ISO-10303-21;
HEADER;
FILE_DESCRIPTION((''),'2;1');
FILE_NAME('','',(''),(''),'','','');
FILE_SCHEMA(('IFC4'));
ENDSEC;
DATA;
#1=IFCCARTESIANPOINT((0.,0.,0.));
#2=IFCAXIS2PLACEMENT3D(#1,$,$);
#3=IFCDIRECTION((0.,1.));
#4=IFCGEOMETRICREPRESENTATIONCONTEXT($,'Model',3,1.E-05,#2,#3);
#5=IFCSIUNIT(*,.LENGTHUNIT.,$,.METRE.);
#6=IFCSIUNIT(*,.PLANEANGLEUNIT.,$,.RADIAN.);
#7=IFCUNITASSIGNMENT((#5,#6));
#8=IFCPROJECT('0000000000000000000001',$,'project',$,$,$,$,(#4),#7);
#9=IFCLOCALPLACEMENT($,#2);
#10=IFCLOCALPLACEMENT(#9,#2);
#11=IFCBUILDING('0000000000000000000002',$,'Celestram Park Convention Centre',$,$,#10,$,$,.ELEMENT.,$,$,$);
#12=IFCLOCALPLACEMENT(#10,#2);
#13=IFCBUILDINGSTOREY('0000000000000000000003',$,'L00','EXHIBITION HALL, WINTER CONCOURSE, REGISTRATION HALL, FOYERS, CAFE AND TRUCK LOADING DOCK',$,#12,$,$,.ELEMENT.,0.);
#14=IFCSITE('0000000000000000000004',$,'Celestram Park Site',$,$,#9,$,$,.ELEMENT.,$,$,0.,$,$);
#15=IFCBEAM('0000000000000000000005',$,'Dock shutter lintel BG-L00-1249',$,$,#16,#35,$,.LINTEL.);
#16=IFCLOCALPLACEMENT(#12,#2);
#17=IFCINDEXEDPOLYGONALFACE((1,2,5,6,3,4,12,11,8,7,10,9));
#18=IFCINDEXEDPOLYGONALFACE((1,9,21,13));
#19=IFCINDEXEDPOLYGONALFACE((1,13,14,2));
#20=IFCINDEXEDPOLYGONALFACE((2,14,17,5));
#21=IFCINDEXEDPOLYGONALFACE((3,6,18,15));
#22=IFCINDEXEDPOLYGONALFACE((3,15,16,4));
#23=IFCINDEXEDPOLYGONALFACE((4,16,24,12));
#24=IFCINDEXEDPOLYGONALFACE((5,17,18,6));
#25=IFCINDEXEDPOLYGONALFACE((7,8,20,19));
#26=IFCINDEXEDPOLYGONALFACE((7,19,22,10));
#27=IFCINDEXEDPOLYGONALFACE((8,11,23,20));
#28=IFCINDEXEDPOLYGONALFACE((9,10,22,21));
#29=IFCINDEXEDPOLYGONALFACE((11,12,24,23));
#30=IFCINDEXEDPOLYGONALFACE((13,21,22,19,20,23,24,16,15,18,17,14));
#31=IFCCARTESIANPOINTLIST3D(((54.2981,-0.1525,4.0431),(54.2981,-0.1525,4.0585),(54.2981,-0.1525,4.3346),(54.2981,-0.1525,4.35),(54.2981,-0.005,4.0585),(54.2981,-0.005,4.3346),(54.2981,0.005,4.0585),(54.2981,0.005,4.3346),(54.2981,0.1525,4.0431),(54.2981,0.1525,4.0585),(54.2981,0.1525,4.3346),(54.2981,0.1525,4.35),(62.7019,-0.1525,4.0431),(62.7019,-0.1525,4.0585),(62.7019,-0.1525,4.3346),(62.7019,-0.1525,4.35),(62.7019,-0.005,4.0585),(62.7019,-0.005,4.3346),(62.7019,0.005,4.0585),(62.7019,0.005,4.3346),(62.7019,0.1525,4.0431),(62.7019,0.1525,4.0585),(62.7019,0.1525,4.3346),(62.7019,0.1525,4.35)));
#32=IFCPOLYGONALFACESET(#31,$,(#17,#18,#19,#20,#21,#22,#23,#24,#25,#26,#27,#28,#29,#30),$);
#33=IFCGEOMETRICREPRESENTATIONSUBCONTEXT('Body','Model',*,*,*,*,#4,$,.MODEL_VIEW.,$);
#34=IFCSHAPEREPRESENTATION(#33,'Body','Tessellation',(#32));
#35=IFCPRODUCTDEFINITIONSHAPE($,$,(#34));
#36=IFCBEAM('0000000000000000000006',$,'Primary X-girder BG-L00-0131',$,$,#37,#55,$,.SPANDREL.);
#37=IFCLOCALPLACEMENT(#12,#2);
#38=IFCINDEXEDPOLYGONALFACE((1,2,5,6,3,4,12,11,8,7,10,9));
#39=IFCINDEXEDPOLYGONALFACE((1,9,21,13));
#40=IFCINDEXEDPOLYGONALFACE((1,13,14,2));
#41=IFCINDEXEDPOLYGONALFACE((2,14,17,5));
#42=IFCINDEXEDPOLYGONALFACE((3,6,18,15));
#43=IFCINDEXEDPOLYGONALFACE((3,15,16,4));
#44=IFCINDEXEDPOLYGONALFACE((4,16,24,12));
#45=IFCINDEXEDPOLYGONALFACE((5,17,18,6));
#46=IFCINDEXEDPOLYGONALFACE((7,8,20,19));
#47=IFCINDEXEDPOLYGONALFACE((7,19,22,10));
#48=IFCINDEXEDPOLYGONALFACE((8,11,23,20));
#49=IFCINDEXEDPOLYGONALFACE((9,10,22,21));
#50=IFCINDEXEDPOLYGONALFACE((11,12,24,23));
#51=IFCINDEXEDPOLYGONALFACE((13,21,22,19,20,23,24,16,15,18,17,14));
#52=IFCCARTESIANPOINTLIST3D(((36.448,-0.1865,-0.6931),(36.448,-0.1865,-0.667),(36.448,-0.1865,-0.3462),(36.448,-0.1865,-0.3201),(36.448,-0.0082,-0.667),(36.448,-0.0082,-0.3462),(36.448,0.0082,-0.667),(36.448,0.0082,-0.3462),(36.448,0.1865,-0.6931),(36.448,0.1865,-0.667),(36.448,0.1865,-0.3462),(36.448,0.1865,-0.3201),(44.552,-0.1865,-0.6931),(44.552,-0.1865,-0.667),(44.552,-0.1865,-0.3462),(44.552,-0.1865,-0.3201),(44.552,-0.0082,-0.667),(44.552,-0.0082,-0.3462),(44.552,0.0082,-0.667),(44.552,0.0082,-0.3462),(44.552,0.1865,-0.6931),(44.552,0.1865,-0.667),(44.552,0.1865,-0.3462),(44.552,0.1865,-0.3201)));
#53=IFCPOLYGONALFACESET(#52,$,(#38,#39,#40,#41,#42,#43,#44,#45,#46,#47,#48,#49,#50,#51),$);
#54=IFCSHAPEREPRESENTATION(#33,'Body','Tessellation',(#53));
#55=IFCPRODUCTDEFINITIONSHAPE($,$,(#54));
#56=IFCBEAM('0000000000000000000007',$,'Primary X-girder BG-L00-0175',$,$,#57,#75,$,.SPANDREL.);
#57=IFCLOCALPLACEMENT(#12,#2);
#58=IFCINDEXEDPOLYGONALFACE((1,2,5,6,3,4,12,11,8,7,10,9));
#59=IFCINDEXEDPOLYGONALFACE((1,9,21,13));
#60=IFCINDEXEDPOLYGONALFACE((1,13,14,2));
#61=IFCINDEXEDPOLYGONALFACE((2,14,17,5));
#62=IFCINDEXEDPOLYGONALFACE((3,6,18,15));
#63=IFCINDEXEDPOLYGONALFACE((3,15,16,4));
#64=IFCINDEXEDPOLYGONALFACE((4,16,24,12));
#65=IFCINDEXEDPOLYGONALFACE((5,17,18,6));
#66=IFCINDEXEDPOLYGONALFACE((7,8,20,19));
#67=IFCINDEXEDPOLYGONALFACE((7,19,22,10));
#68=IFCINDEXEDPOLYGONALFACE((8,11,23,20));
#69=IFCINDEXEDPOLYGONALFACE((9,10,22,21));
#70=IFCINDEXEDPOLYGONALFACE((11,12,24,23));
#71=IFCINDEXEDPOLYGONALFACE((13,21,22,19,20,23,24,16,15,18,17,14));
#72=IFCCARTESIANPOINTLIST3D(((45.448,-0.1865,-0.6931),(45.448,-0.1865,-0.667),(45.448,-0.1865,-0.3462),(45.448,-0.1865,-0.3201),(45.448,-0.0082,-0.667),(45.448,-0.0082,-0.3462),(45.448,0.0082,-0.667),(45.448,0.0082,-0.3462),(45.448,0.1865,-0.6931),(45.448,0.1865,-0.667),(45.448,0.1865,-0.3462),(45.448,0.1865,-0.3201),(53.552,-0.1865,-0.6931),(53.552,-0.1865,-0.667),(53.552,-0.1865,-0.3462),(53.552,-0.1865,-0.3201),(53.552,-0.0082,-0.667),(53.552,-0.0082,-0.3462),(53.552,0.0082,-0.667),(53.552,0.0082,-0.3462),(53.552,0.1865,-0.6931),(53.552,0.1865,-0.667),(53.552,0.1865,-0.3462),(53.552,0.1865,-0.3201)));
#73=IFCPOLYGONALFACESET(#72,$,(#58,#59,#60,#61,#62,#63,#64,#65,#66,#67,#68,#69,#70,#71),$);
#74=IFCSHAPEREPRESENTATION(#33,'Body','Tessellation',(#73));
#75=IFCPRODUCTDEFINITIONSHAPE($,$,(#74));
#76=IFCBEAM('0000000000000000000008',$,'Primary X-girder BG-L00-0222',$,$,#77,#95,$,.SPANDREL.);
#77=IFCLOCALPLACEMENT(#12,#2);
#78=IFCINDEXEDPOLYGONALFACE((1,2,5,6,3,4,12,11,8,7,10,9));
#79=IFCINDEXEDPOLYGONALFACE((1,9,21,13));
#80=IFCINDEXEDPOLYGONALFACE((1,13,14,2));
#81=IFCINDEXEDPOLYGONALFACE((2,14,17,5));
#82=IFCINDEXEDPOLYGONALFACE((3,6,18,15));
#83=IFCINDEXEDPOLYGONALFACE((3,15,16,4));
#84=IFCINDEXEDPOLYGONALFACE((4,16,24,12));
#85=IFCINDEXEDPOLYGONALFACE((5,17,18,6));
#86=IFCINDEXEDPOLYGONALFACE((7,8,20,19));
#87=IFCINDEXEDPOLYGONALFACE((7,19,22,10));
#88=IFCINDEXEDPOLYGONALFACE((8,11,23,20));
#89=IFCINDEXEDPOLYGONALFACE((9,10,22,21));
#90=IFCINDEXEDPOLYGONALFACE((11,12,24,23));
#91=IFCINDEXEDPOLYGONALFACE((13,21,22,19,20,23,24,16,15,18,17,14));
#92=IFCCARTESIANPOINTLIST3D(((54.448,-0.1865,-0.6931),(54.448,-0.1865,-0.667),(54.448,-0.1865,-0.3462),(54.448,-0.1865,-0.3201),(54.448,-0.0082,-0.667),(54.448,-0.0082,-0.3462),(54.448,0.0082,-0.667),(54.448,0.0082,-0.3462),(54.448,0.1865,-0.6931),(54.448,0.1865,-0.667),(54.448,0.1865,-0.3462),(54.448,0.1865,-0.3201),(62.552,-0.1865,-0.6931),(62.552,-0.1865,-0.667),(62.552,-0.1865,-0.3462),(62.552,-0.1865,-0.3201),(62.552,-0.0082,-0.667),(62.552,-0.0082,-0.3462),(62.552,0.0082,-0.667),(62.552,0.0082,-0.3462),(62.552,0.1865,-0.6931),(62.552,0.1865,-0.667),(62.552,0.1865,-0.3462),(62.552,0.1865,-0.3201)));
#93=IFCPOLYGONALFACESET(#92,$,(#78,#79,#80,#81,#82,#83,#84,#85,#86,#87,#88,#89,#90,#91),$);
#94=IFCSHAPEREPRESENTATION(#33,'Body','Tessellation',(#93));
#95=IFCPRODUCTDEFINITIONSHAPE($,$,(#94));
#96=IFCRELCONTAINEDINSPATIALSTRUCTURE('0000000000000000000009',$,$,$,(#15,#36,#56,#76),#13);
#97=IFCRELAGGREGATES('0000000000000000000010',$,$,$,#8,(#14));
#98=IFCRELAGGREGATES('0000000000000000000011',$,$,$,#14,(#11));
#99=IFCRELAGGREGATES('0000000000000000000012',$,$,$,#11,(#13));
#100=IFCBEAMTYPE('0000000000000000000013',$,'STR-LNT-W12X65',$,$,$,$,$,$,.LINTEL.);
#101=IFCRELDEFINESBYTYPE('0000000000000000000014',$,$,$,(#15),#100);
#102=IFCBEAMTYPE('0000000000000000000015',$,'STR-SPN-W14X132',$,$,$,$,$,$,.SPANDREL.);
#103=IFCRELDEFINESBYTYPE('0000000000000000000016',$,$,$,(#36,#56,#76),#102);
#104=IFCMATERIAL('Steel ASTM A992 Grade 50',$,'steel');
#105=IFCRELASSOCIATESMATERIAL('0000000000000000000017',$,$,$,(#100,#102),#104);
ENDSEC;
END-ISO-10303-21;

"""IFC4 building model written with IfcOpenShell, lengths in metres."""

from ifc_helpers import new_model, si_unit, direction, frame, origin, origin_2d, place, context, subcontext, project, spatial, i_section, extrude, material, material_profile, profile_set, type_object, element, save


model = new_model("IFC4")

# Units and contexts
model_context = context("Model", 3, precision=1e-05, world=origin(), true_north=direction((0.0, 1.0)))
body_context = subcontext(model_context, "Body", "Model", "MODEL_VIEW")
ifc_project = project(units=[si_unit("LENGTHUNIT", "METRE"), si_unit("PLANEANGLEUNIT", "RADIAN")], contexts=[model_context])

# Site, building, storey
site_placement = place(None, origin())
site = spatial("IfcSite", under=ifc_project, at=site_placement, Name="Celestram Park Site", CompositionType="ELEMENT", RefElevation=0.0)
building_placement = place(site_placement, origin())
building = spatial("IfcBuilding", under=site, at=building_placement, Name="Celestram Park Convention Centre", CompositionType="ELEMENT")
storey_placement = place(building_placement, origin())
storey = spatial("IfcBuildingStorey", under=building, at=storey_placement, Name="L00", Description="EXHIBITION HALL, WINTER CONCOURSE, REGISTRATION HALL, FOYERS, CAFE AND TRUCK LOADING DOCK", CompositionType="ELEMENT", Elevation=0.0)

# Beams
ifc_material_1 = material(Name="Steel ASTM A992 Grade 50", Category="steel")
ifc_material_profile_1 = material_profile(ifc_material_1, i_section(OverallWidth=0.3049, OverallDepth=0.3069, WebThickness=0.01, FlangeThickness=0.0154, at=origin_2d()), Name="W12X65")
ifc_profile_set_1 = profile_set([ifc_material_profile_1], Name="Steel ASTM A992 Grade 50")
beam_type_1 = type_object("IfcBeamType", Name="STR-LNT-W12X65", PredefinedType="LINTEL", material=ifc_profile_set_1)
for number, where, z_axis, x_axis, name in (
    (1, (54.2981, 0.0, 4.1965), (1.0, 0.0, 0.0), (0.0, 1.0, 0.0), "Dock shutter lintel BG-L00-1249"),
):
    element("IfcBeam", number, at=place(storey_placement, frame(where, z_axis=z_axis, x_axis=x_axis)), inside=storey, type_object=beam_type_1, Name=name, PredefinedType="LINTEL", context=body_context, shape_type="SweptSolid", body=[
        extrude(i_section(OverallWidth=0.3049, OverallDepth=0.3069, WebThickness=0.01, FlangeThickness=0.0154, at=origin_2d()), origin(), (0.0, 0.0, 1.0), 8.4038),
    ])
ifc_material_profile_2 = material_profile(ifc_material_1, i_section(OverallWidth=0.373, OverallDepth=0.373, WebThickness=0.0164, FlangeThickness=0.0261, at=origin_2d()), Name="W14X132")
ifc_profile_set_2 = profile_set([ifc_material_profile_2], Name="Steel ASTM A992 Grade 50")
beam_type_2 = type_object("IfcBeamType", Name="STR-SPN-W14X132", PredefinedType="SPANDREL", material=ifc_profile_set_2)
for number, where, z_axis, x_axis, name in (
    (2, (36.448, 0.0, -0.5066), (1.0, 0.0, 0.0), (0.0, 1.0, 0.0), "Primary X-girder BG-L00-0131"),
    (3, (45.448, 0.0, -0.5066), (1.0, 0.0, 0.0), (0.0, 1.0, 0.0), "Primary X-girder BG-L00-0175"),
    (4, (54.448, 0.0, -0.5066), (1.0, 0.0, 0.0), (0.0, 1.0, 0.0), "Primary X-girder BG-L00-0222"),
):
    element("IfcBeam", number, at=place(storey_placement, frame(where, z_axis=z_axis, x_axis=x_axis)), inside=storey, type_object=beam_type_2, Name=name, PredefinedType="SPANDREL", context=body_context, shape_type="SweptSolid", body=[
        extrude(i_section(OverallWidth=0.373, OverallDepth=0.373, WebThickness=0.0164, FlangeThickness=0.0261, at=origin_2d()), origin(), (0.0, 0.0, 1.0), 8.104),
    ])

save(model, "model.ifc")
